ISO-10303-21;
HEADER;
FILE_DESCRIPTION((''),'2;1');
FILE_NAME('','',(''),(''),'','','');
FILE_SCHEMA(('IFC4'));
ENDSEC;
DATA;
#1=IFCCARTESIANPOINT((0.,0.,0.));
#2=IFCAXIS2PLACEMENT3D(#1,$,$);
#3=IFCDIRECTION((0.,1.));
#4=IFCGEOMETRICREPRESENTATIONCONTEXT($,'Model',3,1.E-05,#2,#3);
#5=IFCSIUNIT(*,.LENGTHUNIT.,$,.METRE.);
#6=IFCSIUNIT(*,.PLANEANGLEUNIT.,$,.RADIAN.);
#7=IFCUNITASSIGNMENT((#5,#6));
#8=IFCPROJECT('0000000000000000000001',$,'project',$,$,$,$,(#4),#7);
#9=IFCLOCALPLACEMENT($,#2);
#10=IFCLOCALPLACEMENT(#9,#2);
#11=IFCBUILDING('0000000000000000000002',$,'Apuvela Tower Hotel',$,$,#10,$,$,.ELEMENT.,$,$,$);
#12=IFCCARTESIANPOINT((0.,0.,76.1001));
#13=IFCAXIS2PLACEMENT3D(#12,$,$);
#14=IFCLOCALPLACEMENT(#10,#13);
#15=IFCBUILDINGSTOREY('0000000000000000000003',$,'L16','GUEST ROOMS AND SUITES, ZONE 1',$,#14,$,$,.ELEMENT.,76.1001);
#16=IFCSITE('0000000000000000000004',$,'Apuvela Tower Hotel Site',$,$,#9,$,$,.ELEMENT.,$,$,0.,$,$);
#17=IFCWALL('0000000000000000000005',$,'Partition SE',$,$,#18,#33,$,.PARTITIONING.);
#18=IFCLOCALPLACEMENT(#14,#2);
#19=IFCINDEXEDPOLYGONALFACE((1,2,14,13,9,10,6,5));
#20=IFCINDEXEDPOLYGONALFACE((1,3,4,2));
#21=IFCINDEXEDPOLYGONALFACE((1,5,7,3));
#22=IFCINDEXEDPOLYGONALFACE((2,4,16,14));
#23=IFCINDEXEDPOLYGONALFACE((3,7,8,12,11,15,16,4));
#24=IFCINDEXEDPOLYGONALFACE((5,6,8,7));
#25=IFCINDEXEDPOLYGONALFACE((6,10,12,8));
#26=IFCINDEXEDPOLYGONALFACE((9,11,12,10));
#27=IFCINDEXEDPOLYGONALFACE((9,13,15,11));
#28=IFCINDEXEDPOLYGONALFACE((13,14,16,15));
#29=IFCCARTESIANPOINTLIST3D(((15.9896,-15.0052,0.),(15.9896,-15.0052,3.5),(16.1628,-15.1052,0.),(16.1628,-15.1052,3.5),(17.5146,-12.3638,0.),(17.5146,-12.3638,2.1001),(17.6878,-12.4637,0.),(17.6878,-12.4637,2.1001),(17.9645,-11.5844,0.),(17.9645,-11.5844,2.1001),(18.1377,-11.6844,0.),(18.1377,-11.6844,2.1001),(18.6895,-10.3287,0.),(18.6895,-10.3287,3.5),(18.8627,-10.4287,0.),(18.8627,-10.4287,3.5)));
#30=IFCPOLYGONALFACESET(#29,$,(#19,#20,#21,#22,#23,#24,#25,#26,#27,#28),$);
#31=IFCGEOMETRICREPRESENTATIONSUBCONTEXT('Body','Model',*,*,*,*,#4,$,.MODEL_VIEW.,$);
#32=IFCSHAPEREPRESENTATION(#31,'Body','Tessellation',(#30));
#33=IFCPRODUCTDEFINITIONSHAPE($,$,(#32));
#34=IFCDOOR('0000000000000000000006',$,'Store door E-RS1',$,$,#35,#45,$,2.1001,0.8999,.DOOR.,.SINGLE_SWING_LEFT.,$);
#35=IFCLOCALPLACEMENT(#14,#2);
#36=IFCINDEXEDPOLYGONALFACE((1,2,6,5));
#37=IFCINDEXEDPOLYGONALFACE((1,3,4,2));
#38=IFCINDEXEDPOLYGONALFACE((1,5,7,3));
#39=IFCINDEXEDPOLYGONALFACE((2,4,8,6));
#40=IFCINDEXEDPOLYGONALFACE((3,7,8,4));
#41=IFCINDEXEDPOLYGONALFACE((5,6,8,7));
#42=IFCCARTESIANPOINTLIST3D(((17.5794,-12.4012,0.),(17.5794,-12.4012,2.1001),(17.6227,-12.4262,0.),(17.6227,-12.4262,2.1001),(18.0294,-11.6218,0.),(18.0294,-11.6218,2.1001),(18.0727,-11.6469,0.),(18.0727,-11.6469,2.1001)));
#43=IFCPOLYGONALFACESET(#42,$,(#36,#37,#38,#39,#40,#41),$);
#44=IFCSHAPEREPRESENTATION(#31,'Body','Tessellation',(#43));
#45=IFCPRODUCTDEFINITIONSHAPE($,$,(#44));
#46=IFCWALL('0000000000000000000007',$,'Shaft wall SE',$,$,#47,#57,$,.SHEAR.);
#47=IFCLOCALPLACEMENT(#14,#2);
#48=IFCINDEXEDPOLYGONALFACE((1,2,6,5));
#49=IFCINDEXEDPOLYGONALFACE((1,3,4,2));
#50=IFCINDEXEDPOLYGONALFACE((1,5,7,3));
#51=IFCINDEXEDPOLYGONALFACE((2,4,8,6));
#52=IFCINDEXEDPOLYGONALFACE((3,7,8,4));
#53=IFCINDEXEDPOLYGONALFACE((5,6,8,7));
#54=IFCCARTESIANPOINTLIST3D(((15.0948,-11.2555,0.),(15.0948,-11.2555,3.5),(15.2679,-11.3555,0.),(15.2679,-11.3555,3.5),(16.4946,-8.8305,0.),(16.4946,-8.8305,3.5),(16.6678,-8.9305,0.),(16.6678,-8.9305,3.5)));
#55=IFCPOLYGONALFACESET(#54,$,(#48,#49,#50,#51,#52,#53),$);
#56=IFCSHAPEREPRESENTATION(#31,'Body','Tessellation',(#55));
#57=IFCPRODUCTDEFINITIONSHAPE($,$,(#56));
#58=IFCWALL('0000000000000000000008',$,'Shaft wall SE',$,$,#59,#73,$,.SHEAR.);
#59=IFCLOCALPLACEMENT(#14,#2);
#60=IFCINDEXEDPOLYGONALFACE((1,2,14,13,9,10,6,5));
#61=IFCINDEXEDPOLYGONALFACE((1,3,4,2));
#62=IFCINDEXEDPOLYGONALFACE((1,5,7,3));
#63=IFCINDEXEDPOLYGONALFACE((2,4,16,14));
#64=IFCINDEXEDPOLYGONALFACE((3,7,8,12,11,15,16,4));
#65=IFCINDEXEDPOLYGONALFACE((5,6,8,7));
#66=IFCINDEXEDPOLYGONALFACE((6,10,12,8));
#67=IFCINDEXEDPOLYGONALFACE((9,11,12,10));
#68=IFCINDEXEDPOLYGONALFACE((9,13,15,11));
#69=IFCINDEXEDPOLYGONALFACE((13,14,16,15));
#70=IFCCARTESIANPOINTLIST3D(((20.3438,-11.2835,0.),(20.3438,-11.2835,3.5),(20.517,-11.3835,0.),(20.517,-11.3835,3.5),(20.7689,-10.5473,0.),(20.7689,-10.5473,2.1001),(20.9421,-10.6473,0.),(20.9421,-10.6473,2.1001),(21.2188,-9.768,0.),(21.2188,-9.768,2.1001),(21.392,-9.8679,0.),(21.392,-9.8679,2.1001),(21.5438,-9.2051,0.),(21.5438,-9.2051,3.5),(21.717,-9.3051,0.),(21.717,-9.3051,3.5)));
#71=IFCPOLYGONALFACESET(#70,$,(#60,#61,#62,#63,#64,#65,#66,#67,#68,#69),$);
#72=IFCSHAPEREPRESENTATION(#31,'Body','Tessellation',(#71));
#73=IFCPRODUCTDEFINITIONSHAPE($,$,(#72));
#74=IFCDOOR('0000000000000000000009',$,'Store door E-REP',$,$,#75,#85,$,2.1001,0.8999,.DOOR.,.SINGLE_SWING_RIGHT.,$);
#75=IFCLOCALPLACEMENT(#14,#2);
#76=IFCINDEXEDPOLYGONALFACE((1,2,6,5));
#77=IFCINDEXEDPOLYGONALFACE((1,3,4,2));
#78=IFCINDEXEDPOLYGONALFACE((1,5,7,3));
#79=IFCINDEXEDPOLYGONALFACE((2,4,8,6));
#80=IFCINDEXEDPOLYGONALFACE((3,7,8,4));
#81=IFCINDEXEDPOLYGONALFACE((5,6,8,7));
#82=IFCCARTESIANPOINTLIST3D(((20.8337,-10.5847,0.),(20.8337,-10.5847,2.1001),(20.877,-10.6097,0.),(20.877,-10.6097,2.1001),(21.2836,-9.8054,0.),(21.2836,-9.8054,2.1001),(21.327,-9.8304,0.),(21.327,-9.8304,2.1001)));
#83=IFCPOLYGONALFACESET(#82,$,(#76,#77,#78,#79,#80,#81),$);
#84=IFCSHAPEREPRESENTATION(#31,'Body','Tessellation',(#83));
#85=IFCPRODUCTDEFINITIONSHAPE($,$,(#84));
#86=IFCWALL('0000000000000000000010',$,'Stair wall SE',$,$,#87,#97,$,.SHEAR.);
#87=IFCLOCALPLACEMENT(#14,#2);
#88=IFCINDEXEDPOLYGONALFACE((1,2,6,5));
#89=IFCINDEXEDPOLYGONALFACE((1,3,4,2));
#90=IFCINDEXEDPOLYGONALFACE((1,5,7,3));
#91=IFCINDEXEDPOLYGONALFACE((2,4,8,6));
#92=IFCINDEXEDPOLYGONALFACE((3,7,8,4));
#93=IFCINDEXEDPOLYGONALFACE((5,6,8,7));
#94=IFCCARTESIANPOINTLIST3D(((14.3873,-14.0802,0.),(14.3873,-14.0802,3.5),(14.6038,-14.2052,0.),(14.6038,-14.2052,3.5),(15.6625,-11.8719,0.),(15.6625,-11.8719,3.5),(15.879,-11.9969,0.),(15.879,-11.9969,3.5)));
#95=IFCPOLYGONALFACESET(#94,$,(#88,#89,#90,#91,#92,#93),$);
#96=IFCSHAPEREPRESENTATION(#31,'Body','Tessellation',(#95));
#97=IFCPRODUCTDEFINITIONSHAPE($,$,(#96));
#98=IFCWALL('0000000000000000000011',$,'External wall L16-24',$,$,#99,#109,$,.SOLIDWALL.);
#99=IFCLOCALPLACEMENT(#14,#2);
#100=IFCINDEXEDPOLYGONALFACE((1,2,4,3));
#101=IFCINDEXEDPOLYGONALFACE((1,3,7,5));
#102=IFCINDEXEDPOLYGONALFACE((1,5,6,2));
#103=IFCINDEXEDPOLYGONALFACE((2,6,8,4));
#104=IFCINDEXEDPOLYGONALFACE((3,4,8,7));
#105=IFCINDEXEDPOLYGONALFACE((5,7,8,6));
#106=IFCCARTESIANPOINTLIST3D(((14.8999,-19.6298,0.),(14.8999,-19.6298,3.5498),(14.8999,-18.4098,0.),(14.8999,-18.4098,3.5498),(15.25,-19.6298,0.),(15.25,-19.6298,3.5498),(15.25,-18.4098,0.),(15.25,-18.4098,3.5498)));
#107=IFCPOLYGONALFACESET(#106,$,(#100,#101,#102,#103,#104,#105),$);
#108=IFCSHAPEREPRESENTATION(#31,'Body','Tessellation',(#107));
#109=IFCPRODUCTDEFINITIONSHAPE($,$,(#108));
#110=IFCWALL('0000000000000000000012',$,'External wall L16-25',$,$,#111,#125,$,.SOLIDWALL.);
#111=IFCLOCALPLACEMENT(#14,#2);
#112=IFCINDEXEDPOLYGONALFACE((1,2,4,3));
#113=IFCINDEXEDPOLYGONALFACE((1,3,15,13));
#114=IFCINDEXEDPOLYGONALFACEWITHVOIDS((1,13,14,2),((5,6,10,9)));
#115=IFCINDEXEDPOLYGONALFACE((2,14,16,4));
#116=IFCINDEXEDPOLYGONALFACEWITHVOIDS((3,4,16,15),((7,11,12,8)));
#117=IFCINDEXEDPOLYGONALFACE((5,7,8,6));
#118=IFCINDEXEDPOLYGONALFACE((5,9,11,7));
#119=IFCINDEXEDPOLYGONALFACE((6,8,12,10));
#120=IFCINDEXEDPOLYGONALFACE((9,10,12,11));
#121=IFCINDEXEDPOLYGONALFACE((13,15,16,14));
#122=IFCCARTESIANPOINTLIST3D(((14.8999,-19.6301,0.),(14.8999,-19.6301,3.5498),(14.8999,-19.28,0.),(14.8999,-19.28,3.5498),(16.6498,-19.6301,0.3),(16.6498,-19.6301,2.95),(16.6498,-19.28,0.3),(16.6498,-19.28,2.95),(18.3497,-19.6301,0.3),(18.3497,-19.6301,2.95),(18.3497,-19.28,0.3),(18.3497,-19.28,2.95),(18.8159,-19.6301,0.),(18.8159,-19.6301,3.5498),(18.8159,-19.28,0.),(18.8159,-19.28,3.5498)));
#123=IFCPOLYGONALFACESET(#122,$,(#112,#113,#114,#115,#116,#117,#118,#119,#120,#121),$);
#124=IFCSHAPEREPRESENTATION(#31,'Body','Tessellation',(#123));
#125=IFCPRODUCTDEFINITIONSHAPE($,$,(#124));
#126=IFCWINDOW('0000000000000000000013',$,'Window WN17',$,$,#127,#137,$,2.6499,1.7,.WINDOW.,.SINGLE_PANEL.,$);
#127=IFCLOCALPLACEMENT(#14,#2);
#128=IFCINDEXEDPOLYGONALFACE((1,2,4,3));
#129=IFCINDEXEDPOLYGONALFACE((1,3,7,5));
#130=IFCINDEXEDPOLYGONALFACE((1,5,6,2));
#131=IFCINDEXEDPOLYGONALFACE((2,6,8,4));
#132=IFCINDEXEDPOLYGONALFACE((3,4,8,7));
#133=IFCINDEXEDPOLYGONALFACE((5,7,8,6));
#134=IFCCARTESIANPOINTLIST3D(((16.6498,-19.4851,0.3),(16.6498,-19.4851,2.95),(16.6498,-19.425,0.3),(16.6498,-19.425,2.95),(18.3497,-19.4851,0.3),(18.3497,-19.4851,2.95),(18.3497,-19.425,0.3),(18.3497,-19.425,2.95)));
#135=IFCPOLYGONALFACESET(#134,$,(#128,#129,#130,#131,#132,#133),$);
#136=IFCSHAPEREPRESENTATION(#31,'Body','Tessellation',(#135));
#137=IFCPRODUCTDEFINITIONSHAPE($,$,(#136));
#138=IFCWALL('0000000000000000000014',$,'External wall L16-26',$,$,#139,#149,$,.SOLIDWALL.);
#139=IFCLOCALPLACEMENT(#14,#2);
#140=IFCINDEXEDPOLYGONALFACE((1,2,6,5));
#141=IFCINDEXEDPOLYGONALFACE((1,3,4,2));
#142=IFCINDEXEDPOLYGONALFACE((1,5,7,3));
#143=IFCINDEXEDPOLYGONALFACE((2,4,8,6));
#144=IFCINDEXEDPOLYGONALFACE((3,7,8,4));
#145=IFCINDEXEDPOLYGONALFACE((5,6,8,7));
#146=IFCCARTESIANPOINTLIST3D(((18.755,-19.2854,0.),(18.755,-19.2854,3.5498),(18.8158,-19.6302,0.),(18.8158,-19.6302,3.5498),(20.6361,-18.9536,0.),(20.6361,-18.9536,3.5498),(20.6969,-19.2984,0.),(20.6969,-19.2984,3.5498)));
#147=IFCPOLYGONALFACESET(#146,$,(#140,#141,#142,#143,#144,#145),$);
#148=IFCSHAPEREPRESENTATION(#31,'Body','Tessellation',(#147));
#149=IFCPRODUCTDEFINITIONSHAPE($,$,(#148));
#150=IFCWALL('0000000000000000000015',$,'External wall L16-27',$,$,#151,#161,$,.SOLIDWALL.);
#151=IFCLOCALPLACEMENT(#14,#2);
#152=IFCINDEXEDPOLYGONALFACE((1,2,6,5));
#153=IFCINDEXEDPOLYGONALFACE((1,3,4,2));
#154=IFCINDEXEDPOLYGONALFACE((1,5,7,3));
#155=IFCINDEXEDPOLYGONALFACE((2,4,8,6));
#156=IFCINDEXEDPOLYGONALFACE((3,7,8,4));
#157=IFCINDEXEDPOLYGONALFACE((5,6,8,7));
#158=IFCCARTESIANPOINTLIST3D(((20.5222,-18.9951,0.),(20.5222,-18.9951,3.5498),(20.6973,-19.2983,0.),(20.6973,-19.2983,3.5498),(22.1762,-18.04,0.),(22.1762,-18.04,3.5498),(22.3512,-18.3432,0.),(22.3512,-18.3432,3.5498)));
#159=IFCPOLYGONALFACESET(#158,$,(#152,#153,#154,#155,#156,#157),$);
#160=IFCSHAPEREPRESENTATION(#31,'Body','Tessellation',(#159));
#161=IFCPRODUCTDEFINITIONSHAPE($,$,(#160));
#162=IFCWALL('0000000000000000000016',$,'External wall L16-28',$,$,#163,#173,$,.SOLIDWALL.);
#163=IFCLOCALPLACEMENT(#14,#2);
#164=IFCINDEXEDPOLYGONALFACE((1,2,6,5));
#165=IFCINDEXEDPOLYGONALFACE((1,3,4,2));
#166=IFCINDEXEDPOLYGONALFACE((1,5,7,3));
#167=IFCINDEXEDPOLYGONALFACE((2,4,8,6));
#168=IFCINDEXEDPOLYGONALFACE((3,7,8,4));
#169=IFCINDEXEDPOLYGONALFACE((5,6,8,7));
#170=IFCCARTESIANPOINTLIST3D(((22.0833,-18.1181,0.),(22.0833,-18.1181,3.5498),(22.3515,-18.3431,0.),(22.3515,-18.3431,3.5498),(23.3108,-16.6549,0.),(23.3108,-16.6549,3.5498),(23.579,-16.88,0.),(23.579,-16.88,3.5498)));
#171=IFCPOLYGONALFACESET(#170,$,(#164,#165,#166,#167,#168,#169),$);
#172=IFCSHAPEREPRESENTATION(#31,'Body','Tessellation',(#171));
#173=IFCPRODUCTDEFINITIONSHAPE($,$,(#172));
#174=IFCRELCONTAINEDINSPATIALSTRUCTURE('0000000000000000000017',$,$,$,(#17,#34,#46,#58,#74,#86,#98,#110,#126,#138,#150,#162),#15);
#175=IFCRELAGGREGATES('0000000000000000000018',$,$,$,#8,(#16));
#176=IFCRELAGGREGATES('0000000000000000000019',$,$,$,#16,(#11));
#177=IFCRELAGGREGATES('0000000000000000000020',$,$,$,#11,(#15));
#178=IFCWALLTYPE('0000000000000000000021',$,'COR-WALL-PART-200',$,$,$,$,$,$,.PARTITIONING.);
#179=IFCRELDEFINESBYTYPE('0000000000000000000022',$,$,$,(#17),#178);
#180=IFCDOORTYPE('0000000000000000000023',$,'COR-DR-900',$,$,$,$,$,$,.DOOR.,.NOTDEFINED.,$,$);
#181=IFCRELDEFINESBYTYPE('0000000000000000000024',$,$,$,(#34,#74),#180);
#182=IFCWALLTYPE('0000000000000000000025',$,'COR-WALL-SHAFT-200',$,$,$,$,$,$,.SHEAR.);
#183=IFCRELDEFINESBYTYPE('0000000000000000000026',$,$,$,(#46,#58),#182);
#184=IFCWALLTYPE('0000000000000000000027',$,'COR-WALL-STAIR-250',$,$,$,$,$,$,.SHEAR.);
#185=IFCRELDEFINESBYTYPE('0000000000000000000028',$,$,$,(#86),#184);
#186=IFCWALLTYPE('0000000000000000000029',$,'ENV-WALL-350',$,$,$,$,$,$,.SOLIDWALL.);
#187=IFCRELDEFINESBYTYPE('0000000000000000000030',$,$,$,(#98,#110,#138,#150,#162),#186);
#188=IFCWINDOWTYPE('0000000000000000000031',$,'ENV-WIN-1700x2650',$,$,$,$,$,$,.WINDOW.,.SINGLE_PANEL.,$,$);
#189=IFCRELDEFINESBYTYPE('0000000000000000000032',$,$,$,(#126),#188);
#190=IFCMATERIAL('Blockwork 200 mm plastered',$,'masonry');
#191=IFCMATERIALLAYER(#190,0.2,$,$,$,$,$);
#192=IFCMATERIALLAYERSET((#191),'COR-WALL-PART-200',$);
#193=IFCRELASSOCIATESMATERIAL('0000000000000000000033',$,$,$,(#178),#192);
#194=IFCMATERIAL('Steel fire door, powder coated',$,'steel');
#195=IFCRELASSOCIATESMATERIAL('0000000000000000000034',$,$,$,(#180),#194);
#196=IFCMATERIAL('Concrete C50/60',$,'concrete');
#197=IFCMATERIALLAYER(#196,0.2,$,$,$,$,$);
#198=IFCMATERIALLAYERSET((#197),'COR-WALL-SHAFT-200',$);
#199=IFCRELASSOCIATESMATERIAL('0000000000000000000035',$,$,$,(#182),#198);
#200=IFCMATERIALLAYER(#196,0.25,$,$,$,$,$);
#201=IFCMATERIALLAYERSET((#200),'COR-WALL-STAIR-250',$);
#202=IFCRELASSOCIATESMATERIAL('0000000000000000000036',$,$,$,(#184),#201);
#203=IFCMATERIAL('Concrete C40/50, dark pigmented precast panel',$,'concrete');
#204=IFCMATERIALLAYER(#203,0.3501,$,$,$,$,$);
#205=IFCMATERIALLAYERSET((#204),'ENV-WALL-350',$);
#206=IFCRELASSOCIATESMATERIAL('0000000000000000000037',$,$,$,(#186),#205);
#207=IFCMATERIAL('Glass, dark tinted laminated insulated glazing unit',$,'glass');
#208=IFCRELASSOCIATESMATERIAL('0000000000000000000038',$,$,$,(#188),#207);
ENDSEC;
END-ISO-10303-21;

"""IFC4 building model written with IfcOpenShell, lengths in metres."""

from ifc_helpers import new_model, si_unit, direction, frame, frame_2d, origin, place, context, subcontext, project, spatial, rectangle, extrude, material, layer, layer_set, type_object, element, fill, save


model = new_model("IFC4")

# Units and contexts
model_context = context("Model", 3, precision=1e-05, world=origin(), true_north=direction((0.0, 1.0)))
body_context = subcontext(model_context, "Body", "Model", "MODEL_VIEW")
ifc_project = project(units=[si_unit("LENGTHUNIT", "METRE"), si_unit("PLANEANGLEUNIT", "RADIAN")], contexts=[model_context])

# Site, building, storey
site_placement = place(None, origin())
site = spatial("IfcSite", under=ifc_project, at=site_placement, Name="Apuvela Tower Hotel Site", CompositionType="ELEMENT", RefElevation=0.0)
building_placement = place(site_placement, origin())
building = spatial("IfcBuilding", under=site, at=building_placement, Name="Apuvela Tower Hotel", CompositionType="ELEMENT")
storey_placement = place(building_placement, frame((0.0, 0.0, 76.1001)))
storey = spatial("IfcBuildingStorey", under=building, at=storey_placement, Name="L16", Description="GUEST ROOMS AND SUITES, ZONE 1", CompositionType="ELEMENT", Elevation=76.1001)

# Wall, opening, door
ifc_material_1 = material(Name="Blockwork 200 mm plastered", Category="masonry")
ifc_layer_1 = layer(ifc_material_1, 0.2)
ifc_layer_set_1 = layer_set([ifc_layer_1], Name="COR-WALL-PART-200")
wall_type_1 = type_object("IfcWallType", Name="COR-WALL-PART-200", PredefinedType="PARTITIONING", material=ifc_layer_set_1)
wall_1_placement = place(storey_placement, frame((16.0762, -15.0552, 0.0), z_axis=(0.0, 0.0, 1.0), x_axis=(0.499995, 0.866028, 0.0)))
wall_1 = element("IfcWall", 1, at=wall_1_placement, inside=storey, type_object=wall_type_1, Name="Partition SE", PredefinedType="PARTITIONING", context=body_context, shape_type="SweptSolid", body=[
    extrude(rectangle(XDim=5.3999, YDim=0.2, at=frame_2d((2.7, 0.0))), origin(), (0.0, 0.0, 1.0), 3.5),
])
opening_1_placement = place(wall_1_placement, frame((3.05, 0.0, 0.0)))
opening_1 = element("IfcOpeningElement", 2, at=opening_1_placement, cuts=wall_1, PredefinedType="OPENING", context=body_context, shape_type="SweptSolid", body=[
    extrude(rectangle(XDim=0.8999, YDim=2.1001, at=frame_2d((0.45, 1.05))), frame((0.0, 0.1099, 0.0), z_axis=(0.0, -1.0, 0.0), x_axis=(1.0, 0.0, 0.0)), (0.0, 0.0, 1.0), 0.22),
])
ifc_material_2 = material(Name="Steel fire door, powder coated", Category="steel")
door_type_1 = type_object("IfcDoorType", Name="COR-DR-900", OperationType="NOTDEFINED", PredefinedType="DOOR", material=ifc_material_2)
door_1_placement = place(opening_1_placement, frame((0.8999, 0.0, 0.0), z_axis=(0.0, 0.0, 1.0), x_axis=(-1.0, 0.0, 0.0)))
door_1 = element("IfcDoor", 3, at=door_1_placement, inside=storey, type_object=door_type_1, Name="Store door E-RS1", OperationType="SINGLE_SWING_LEFT", OverallHeight=2.1001, OverallWidth=0.8999, PredefinedType="DOOR", context=body_context, shape_type="SweptSolid", body=[
    extrude(rectangle(XDim=0.8999, YDim=2.1001, at=frame_2d((0.45, 1.05))), frame((0.0, 0.0249, 0.0), z_axis=(0.0, -1.0, 0.0), x_axis=(1.0, 0.0, 0.0)), (0.0, 0.0, 1.0), 0.05),
])
fill(opening_1, door_1)

# Wall
ifc_material_3 = material(Name="Concrete C50/60", Category="concrete")
ifc_layer_2 = layer(ifc_material_3, 0.2)
ifc_layer_set_2 = layer_set([ifc_layer_2], Name="COR-WALL-SHAFT-200")
wall_type_2 = type_object("IfcWallType", Name="COR-WALL-SHAFT-200", PredefinedType="SHEAR", material=ifc_layer_set_2)
wall_2_placement = place(storey_placement, frame((15.1814, -11.3054, 0.0), z_axis=(0.0, 0.0, 1.0), x_axis=(0.499946, 0.866056, 0.0)))
element("IfcWall", 4, at=wall_2_placement, inside=storey, type_object=wall_type_2, Name="Shaft wall SE", PredefinedType="SHEAR", context=body_context, shape_type="SweptSolid", body=[
    extrude(rectangle(XDim=2.8, YDim=0.2, at=frame_2d((1.3999, 0.0))), origin(), (0.0, 0.0, 1.0), 3.5),
])

# Wall, opening, door
wall_3_placement = place(storey_placement, frame((20.4304, -11.3335, 0.0), z_axis=(0.0, 0.0, 1.0), x_axis=(0.500001, 0.866025, 0.0)))
wall_3 = element("IfcWall", 5, at=wall_3_placement, inside=storey, type_object=wall_type_2, Name="Shaft wall SE", PredefinedType="SHEAR", context=body_context, shape_type="SweptSolid", body=[
    extrude(rectangle(XDim=2.3999, YDim=0.2, at=frame_2d((1.2, 0.0))), origin(), (0.0, 0.0, 1.0), 3.5),
])
opening_2_placement = place(wall_3_placement, frame((0.8501, 0.0, 0.0)))
opening_2 = element("IfcOpeningElement", 6, at=opening_2_placement, cuts=wall_3, PredefinedType="OPENING", context=body_context, shape_type="SweptSolid", body=[
    extrude(rectangle(XDim=0.8999, YDim=2.1001, at=frame_2d((0.45, 1.05))), frame((0.0, 0.1099, 0.0), z_axis=(0.0, -1.0, 0.0), x_axis=(1.0, 0.0, 0.0)), (0.0, 0.0, 1.0), 0.22),
])
door_2_placement = place(opening_2_placement, frame((0.8999, 0.0, 0.0), z_axis=(0.0, 0.0, 1.0), x_axis=(-1.0, 0.0, 0.0)))
door_2 = element("IfcDoor", 7, at=door_2_placement, inside=storey, type_object=door_type_1, Name="Store door E-REP", OperationType="SINGLE_SWING_RIGHT", OverallHeight=2.1001, OverallWidth=0.8999, PredefinedType="DOOR", context=body_context, shape_type="SweptSolid", body=[
    extrude(rectangle(XDim=0.8999, YDim=2.1001, at=frame_2d((0.45, 1.05))), frame((0.0, 0.0249, 0.0), z_axis=(0.0, -1.0, 0.0), x_axis=(1.0, 0.0, 0.0)), (0.0, 0.0, 1.0), 0.05),
])
fill(opening_2, door_2)

# Walls
ifc_layer_3 = layer(ifc_material_3, 0.25)
ifc_layer_set_3 = layer_set([ifc_layer_3], Name="COR-WALL-STAIR-250")
wall_type_3 = type_object("IfcWallType", Name="COR-WALL-STAIR-250", PredefinedType="SHEAR", material=ifc_layer_set_3)
wall_4_placement = place(storey_placement, frame((14.4956, -14.1426, 0.0), z_axis=(0.0, 0.0, 1.0), x_axis=(0.500062, 0.865989, 0.0)))
element("IfcWall", 8, at=wall_4_placement, inside=storey, type_object=wall_type_3, Name="Stair wall SE", PredefinedType="SHEAR", context=body_context, shape_type="SweptSolid", body=[
    extrude(rectangle(XDim=2.55, YDim=0.25, at=frame_2d((1.2749, 0.0))), origin(), (0.0, 0.0, 1.0), 3.5),
])
ifc_material_4 = material(Name="Concrete C40/50, dark pigmented precast panel", Category="concrete")
ifc_layer_4 = layer(ifc_material_4, 0.3501)
ifc_layer_set_4 = layer_set([ifc_layer_4], Name="ENV-WALL-350")
wall_type_4 = type_object("IfcWallType", Name="ENV-WALL-350", PredefinedType="SOLIDWALL", material=ifc_layer_set_4)
wall_5_placement = place(storey_placement, frame((15.075, -18.4099, 0.0), z_axis=(0.0, 0.0, 1.0), x_axis=(0.0, -1.0, 0.0)))
element("IfcWall", 9, at=wall_5_placement, inside=storey, type_object=wall_type_4, Name="External wall L16-24", PredefinedType="SOLIDWALL", context=body_context, shape_type="SweptSolid", body=[
    extrude(rectangle(XDim=1.22, YDim=0.3501, at=frame_2d((0.6099, 0.0))), origin(), (0.0, 0.0, 1.0), 3.5498),
])

# Wall, opening, window
wall_6_placement = place(storey_placement, frame((14.8999, -19.4551, 0.0), z_axis=(0.0, 0.0, 1.0), x_axis=(1.0, 0.0, 0.0)))
wall_6 = element("IfcWall", 10, at=wall_6_placement, inside=storey, type_object=wall_type_4, Name="External wall L16-25", PredefinedType="SOLIDWALL", context=body_context, shape_type="SweptSolid", body=[
    extrude(rectangle(XDim=3.916, YDim=0.3501, at=frame_2d((1.958, 0.0))), origin(), (0.0, 0.0, 1.0), 3.5498),
])
opening_3_placement = place(wall_6_placement, frame((1.7498, 0.0, 0.3)))
opening_3 = element("IfcOpeningElement", 11, at=opening_3_placement, cuts=wall_6, PredefinedType="OPENING", context=body_context, shape_type="SweptSolid", body=[
    extrude(rectangle(XDim=1.7, YDim=2.6499, at=frame_2d((0.8501, 1.325))), frame((0.0, 0.1851, 0.0), z_axis=(0.0, -1.0, 0.0), x_axis=(1.0, 0.0, 0.0)), (0.0, 0.0, 1.0), 0.3701),
])
ifc_material_5 = material(Name="Glass, dark tinted laminated insulated glazing unit", Category="glass")
window_type = type_object("IfcWindowType", Name="ENV-WIN-1700x2650", PartitioningType="SINGLE_PANEL", PredefinedType="WINDOW", material=ifc_material_5)
window_placement = place(opening_3_placement, origin())
window = element("IfcWindow", 12, at=window_placement, inside=storey, type_object=window_type, Name="Window WN17", OverallHeight=2.6499, OverallWidth=1.7, PartitioningType="SINGLE_PANEL", PredefinedType="WINDOW", context=body_context, shape_type="SweptSolid", body=[
    extrude(rectangle(XDim=1.7, YDim=2.6499, at=frame_2d((0.8501, 1.325))), frame((0.0, 0.03, 0.0), z_axis=(0.0, -1.0, 0.0), x_axis=(1.0, 0.0, 0.0)), (0.0, 0.0, 1.0), 0.0601),
])
fill(opening_3, window)

# Walls
wall_7_placement = place(storey_placement, frame((18.7854, -19.4578, 0.0), z_axis=(0.0, 0.0, 1.0), x_axis=(0.984799, 0.173698, 0.0)))
element("IfcWall", 13, at=wall_7_placement, inside=storey, type_object=wall_type_4, Name="External wall L16-26", PredefinedType="SOLIDWALL", context=body_context, shape_type="SweptSolid", body=[
    extrude(rectangle(XDim=1.9102, YDim=0.3501, at=frame_2d((0.9551, 0.0))), origin(), (0.0, 0.0, 1.0), 3.5498),
])
for number, where, z_axis, x_axis, name in (
    (14, (20.6096, -19.1467, 0.0), (0.0, 0.0, 1.0), (0.866, 0.500043, 0.0), "External wall L16-27"),
    (15, (22.2173, -18.2307, 0.0), (0.0, 0.0, 1.0), (0.642733, 0.76609, 0.0), "External wall L16-28"),
):
    element("IfcWall", number, at=place(storey_placement, frame(where, z_axis=z_axis, x_axis=x_axis)), inside=storey, type_object=wall_type_4, Name=name, PredefinedType="SOLIDWALL", context=body_context, shape_type="SweptSolid", body=[
        extrude(rectangle(XDim=1.9099, YDim=0.3501, at=frame_2d((0.9551, 0.0))), origin(), (0.0, 0.0, 1.0), 3.5498),
    ])

save(model, "model.ifc")
